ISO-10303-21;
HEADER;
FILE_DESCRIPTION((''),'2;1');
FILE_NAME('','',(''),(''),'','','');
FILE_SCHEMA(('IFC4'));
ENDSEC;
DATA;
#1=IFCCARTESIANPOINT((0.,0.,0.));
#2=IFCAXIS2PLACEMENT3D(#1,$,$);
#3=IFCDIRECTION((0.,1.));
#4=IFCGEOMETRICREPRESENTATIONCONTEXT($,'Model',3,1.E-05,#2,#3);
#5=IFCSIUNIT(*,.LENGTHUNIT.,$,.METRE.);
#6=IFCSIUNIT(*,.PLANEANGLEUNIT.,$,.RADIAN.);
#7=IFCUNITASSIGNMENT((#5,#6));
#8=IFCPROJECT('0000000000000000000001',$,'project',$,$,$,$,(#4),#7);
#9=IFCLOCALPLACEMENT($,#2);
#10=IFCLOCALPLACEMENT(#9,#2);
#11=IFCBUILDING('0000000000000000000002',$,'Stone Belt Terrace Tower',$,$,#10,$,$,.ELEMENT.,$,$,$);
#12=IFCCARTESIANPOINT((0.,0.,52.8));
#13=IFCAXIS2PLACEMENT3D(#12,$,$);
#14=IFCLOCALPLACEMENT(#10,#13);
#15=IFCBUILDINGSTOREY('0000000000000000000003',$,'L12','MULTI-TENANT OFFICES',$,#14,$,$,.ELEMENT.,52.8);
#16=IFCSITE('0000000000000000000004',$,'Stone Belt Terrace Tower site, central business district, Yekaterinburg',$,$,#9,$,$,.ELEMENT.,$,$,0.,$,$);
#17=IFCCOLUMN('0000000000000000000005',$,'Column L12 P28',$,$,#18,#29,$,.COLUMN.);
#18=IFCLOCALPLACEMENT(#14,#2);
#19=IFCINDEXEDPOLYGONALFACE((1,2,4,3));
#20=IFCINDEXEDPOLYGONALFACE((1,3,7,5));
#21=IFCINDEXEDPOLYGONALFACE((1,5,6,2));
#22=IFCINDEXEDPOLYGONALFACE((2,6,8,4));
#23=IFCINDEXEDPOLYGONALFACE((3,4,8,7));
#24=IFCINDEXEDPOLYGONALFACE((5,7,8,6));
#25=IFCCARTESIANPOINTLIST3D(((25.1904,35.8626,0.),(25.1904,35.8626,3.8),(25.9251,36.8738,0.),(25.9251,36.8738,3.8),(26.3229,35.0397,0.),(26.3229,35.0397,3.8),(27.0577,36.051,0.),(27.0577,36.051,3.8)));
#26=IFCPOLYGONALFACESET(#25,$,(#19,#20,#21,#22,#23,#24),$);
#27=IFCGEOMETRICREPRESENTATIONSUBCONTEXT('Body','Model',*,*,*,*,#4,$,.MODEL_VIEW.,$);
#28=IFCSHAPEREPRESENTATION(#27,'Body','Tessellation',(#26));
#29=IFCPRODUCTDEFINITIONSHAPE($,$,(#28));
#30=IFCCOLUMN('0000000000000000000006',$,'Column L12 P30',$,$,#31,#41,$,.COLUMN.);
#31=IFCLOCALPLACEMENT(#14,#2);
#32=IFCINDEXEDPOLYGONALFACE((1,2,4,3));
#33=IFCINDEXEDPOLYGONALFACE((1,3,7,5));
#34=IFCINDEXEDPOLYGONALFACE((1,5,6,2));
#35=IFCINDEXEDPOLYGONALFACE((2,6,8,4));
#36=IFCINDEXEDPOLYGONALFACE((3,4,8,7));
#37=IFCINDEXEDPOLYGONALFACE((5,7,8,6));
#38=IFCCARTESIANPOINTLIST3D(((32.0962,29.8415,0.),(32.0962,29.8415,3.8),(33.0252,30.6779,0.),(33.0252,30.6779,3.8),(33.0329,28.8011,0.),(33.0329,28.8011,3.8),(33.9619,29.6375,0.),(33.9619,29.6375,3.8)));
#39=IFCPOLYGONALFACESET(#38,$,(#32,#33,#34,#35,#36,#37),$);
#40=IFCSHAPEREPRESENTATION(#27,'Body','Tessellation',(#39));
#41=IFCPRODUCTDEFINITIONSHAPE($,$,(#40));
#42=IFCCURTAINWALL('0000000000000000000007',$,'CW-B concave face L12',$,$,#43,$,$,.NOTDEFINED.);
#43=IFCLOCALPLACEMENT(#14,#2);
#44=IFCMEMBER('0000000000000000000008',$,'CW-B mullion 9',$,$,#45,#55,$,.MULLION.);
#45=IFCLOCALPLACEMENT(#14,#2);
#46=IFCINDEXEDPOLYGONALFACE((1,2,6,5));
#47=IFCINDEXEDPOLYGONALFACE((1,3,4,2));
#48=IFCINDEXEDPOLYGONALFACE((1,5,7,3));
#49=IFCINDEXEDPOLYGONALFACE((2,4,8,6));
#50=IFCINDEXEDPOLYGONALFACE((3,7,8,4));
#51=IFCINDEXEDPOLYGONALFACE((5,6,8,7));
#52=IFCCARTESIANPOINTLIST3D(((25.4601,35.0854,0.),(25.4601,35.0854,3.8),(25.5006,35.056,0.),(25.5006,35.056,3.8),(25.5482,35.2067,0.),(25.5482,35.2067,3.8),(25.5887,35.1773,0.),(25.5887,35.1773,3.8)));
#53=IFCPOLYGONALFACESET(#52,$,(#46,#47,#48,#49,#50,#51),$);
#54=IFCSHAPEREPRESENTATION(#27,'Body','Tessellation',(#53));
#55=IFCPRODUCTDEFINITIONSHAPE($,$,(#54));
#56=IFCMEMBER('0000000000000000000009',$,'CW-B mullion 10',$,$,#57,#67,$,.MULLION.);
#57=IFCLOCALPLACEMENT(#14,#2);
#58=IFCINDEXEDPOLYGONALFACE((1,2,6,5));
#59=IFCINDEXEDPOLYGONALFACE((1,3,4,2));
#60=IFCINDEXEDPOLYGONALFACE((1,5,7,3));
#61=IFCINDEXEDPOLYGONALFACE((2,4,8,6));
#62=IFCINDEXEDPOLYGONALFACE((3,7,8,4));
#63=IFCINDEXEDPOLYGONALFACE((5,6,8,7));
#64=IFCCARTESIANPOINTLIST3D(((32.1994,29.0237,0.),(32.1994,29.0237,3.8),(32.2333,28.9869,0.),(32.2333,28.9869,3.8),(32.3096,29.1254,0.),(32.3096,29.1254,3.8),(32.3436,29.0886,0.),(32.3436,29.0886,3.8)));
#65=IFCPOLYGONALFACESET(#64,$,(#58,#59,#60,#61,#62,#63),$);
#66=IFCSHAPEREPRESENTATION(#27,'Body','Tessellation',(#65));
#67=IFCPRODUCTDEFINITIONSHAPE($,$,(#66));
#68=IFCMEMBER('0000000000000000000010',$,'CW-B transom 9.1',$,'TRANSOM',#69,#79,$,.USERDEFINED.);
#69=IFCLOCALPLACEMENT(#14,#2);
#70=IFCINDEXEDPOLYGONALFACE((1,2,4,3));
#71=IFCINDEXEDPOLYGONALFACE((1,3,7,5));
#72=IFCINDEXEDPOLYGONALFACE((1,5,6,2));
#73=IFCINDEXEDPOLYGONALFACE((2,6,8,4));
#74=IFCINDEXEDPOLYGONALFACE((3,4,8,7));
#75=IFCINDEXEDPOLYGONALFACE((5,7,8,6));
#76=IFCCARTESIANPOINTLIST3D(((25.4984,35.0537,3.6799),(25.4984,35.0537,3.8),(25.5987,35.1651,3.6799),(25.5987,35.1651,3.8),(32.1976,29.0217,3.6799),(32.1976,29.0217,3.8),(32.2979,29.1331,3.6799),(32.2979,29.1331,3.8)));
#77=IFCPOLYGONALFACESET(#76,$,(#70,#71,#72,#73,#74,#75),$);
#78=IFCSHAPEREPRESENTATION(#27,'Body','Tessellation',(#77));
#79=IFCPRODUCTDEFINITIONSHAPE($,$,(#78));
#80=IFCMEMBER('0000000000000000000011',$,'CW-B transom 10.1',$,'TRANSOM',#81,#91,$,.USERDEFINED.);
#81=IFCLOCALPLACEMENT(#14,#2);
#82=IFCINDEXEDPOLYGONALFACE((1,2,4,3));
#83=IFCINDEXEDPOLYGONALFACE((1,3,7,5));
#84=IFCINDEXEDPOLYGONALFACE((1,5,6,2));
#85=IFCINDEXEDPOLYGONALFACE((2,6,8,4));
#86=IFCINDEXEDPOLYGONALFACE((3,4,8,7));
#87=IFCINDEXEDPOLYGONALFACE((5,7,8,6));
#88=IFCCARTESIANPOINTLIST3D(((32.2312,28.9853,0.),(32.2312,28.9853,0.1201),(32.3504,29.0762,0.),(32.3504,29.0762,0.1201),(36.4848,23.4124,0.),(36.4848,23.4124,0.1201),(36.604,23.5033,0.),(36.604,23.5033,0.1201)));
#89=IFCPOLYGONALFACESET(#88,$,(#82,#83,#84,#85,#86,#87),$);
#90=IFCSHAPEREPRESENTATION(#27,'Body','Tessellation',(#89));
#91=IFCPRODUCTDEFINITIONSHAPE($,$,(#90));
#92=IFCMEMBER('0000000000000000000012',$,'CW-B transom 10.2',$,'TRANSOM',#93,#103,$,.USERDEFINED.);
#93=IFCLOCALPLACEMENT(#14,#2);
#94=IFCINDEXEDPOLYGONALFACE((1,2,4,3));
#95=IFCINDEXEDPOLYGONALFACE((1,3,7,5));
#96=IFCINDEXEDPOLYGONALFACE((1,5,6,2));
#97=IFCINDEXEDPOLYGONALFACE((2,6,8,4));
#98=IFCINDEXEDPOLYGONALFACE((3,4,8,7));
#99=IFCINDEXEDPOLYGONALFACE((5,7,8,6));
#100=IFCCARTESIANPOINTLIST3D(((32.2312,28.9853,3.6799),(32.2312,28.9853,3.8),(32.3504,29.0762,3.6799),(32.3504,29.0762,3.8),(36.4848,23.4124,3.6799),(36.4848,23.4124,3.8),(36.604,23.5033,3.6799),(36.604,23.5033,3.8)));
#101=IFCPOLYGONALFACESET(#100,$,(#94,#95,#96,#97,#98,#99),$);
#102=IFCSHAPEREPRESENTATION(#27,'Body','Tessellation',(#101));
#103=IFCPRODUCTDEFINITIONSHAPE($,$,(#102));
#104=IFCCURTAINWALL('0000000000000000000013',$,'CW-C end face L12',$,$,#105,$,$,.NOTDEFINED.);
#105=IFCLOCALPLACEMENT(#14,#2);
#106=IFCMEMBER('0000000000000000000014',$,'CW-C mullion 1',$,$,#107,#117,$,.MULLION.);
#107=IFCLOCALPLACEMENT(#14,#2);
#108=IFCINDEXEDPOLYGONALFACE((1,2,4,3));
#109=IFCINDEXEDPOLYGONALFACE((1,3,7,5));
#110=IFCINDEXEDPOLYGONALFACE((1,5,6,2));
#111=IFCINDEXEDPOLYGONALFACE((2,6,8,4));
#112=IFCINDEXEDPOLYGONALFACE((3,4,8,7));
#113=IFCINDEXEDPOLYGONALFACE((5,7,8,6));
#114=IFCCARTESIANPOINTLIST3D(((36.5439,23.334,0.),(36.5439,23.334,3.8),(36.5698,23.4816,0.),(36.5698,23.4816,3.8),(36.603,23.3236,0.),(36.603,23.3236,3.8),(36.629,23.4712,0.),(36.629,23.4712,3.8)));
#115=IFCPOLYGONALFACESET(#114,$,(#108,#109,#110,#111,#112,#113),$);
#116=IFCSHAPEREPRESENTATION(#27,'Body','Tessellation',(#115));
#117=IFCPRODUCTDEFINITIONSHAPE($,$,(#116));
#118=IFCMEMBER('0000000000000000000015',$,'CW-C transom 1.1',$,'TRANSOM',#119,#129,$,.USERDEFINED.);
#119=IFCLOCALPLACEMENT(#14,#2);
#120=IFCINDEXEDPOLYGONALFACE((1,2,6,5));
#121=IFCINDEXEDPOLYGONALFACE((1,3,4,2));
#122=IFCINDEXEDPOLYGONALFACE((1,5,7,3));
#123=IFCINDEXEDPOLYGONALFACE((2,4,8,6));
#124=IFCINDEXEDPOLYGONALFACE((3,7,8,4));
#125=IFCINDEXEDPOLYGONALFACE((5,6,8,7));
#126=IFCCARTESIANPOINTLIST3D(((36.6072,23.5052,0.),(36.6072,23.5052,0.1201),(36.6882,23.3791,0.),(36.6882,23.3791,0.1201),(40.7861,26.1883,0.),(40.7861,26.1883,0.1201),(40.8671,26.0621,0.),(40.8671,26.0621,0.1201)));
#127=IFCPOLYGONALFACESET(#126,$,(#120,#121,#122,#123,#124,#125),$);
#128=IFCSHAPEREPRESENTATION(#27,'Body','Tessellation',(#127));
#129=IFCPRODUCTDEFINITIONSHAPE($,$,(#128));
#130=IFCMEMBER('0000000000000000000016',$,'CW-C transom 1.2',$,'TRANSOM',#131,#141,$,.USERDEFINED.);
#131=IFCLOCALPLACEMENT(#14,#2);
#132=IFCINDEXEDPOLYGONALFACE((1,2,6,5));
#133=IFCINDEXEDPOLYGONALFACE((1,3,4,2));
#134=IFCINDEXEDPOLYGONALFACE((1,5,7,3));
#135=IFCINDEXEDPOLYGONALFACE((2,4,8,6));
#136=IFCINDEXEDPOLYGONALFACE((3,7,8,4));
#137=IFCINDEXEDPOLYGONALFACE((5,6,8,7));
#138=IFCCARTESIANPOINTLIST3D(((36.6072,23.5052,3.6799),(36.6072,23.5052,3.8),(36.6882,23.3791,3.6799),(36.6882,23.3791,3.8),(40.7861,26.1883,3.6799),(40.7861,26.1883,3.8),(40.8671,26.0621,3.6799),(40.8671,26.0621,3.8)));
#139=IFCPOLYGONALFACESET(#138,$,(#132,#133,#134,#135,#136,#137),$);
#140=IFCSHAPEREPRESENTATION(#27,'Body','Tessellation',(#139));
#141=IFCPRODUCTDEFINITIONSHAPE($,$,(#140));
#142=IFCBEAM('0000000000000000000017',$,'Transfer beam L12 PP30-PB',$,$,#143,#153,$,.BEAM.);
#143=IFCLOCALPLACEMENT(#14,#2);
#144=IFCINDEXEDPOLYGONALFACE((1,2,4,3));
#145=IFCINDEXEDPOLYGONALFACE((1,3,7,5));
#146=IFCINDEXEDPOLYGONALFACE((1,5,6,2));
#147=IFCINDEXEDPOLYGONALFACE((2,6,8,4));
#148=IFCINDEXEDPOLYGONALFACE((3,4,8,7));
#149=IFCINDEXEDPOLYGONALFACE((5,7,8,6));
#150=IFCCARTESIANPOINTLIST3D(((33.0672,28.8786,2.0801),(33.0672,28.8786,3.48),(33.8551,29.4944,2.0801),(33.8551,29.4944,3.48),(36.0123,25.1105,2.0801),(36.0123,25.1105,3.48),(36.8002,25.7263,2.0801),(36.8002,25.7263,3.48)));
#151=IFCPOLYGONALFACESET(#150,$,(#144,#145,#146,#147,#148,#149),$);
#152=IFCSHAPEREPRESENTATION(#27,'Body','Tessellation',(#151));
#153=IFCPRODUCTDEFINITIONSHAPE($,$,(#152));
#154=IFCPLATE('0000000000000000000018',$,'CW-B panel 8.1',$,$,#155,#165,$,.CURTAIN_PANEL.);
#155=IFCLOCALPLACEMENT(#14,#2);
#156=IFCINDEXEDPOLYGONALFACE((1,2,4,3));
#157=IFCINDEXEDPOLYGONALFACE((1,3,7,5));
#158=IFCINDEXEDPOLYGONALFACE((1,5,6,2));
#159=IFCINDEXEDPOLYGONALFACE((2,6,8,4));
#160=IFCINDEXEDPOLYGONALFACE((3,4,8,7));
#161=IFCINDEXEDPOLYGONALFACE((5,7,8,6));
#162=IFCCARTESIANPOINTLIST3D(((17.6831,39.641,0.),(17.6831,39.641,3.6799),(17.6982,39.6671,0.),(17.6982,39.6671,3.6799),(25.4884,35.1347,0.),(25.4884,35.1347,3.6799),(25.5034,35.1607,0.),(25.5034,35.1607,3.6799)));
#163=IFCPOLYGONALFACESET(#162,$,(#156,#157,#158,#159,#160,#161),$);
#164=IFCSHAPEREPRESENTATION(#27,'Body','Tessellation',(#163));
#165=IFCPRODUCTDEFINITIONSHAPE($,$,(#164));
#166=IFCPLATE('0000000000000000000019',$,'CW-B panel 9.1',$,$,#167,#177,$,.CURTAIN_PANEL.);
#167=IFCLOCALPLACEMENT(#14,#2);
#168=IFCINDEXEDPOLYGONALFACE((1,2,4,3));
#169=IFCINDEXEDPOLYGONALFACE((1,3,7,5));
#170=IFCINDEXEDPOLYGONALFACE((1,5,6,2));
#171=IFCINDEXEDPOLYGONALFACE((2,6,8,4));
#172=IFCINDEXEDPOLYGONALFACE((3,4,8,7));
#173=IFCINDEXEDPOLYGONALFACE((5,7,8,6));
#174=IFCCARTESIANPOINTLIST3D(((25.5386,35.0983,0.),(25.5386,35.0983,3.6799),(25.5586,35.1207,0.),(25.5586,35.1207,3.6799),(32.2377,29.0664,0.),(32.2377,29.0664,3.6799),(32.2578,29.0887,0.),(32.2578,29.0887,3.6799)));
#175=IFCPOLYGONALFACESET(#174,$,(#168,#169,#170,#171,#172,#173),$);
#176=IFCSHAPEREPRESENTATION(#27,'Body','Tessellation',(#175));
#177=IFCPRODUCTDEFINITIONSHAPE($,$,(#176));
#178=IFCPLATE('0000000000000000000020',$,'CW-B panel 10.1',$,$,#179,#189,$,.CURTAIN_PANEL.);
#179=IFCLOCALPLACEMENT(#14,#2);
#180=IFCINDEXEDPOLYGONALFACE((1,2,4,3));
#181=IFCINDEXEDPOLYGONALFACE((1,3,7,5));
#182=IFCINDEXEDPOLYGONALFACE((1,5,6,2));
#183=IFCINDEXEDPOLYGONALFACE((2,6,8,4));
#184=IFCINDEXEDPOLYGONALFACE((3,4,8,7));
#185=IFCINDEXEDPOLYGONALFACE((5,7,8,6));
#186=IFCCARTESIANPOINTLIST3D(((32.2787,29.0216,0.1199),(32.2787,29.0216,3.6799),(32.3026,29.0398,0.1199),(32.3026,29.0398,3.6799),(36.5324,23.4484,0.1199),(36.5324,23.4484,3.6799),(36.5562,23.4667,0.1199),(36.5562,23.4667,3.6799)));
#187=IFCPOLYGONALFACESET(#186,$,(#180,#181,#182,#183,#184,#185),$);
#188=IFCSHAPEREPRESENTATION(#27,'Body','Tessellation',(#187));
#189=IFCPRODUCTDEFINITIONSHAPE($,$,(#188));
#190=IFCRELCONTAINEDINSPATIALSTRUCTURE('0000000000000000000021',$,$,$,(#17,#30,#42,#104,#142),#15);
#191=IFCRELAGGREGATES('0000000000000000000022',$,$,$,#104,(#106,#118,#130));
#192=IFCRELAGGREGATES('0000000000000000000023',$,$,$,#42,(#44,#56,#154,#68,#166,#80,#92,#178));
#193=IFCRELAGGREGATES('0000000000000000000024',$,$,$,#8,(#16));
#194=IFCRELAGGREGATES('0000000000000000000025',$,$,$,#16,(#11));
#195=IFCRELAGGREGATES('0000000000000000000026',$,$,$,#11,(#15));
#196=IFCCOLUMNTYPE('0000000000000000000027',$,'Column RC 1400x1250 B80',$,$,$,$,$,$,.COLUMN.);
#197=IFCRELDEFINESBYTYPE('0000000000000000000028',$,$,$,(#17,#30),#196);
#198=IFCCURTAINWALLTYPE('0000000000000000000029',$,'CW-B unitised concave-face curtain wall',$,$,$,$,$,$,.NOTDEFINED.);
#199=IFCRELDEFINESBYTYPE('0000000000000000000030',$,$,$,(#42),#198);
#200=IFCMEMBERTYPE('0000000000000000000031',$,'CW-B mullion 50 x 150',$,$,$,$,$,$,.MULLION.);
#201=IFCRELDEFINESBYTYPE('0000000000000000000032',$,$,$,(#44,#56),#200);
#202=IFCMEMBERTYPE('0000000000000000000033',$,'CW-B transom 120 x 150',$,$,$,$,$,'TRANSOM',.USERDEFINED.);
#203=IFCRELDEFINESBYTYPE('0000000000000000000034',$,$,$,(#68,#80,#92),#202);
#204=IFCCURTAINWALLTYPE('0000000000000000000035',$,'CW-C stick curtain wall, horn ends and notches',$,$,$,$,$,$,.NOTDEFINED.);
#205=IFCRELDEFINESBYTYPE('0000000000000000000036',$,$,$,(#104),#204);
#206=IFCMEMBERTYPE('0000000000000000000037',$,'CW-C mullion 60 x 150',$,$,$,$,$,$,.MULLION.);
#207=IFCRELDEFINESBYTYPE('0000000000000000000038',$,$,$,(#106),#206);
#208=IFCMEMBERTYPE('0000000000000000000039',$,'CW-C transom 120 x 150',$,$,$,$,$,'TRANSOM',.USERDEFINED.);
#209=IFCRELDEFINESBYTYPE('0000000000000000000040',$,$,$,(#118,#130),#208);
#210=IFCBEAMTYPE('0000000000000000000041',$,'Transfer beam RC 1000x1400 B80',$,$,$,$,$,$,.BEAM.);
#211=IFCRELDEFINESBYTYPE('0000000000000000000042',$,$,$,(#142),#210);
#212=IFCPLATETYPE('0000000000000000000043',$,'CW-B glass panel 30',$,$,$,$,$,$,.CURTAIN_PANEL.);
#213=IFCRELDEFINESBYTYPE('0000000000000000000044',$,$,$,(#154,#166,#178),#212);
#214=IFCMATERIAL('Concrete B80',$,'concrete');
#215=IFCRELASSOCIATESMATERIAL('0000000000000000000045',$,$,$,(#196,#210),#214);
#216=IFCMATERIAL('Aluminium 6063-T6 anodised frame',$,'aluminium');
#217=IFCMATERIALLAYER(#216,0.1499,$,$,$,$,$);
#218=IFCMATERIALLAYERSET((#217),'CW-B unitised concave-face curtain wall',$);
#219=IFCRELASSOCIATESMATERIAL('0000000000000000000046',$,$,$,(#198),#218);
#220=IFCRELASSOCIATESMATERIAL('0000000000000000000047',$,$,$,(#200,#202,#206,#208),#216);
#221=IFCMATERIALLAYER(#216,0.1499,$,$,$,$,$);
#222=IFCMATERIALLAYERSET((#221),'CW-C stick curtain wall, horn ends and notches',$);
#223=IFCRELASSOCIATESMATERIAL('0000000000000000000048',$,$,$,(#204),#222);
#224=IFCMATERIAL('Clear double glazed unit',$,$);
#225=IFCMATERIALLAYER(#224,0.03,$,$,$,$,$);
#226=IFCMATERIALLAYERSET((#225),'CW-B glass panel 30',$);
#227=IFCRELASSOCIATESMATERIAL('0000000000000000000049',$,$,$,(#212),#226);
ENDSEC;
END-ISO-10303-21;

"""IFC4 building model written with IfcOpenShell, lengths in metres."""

from ifc_helpers import new_model, si_unit, direction, frame, origin, origin_2d, place, context, subcontext, project, spatial, rectangle, extrude, material, layer, layer_set, material_profile, profile_set, type_object, element, aggregate, save


model = new_model("IFC4")

# Units and contexts
model_context = context("Model", 3, precision=1e-05, world=origin(), true_north=direction((0.0, 1.0)))
body_context = subcontext(model_context, "Body", "Model", "MODEL_VIEW")
ifc_project = project(units=[si_unit("LENGTHUNIT", "METRE"), si_unit("PLANEANGLEUNIT", "RADIAN")], contexts=[model_context])

# Site, building, storey
site_placement = place(None, origin())
site = spatial("IfcSite", under=ifc_project, at=site_placement, Name="Stone Belt Terrace Tower site, central business district, Yekaterinburg", CompositionType="ELEMENT", RefElevation=0.0)
building_placement = place(site_placement, origin())
building = spatial("IfcBuilding", under=site, at=building_placement, Name="Stone Belt Terrace Tower", CompositionType="ELEMENT")
storey_placement = place(building_placement, frame((0.0, 0.0, 52.8)))
storey = spatial("IfcBuildingStorey", under=building, at=storey_placement, Name="L12", Description="MULTI-TENANT OFFICES", CompositionType="ELEMENT", Elevation=52.8)

# Columns
ifc_material_1 = material(Name="Concrete B80", Category="concrete")
ifc_material_profile_1 = material_profile(ifc_material_1, rectangle(XDim=1.3999, YDim=1.25, at=origin_2d()), Name="RC 1400x1250")
ifc_profile_set_1 = profile_set([ifc_material_profile_1], Name="Concrete B80")
column_type = type_object("IfcColumnType", Name="Column RC 1400x1250 B80", PredefinedType="COLUMN", material=ifc_profile_set_1)
for number, where, z_axis, x_axis, name in (
    (1, (26.124, 35.9568, 0.0), (0.0, 0.0, 1.0), (0.809017, -0.587785, 0.0), "Column L12 P28"),
    (2, (33.0291, 29.7395, 0.0), (0.0, 0.0, 1.0), (0.669131, -0.743145, 0.0), "Column L12 P30"),
):
    element("IfcColumn", number, at=place(storey_placement, frame(where, z_axis=z_axis, x_axis=x_axis)), inside=storey, type_object=column_type, Name=name, PredefinedType="COLUMN", context=body_context, shape_type="SweptSolid", body=[
        extrude(rectangle(XDim=1.3999, YDim=1.25, at=origin_2d()), origin(), (0.0, 0.0, 1.0), 3.8),
    ])

# Curtain walls, members
ifc_material_2 = material(Name="Aluminium 6063-T6 anodised frame", Category="aluminium")
ifc_layer_1 = layer(ifc_material_2, 0.1499)
ifc_layer_set_1 = layer_set([ifc_layer_1], Name="CW-B unitised concave-face curtain wall")
curtain_wall_type_1 = type_object("IfcCurtainWallType", Name="CW-B unitised concave-face curtain wall", PredefinedType="NOTDEFINED", material=ifc_layer_set_1)
curtain_wall_1_placement = place(storey_placement, origin())
curtain_wall_1 = element("IfcCurtainWall", 3, at=curtain_wall_1_placement, inside=storey, type_object=curtain_wall_type_1, Name="CW-B concave face L12", PredefinedType="NOTDEFINED")
ifc_material_profile_2 = material_profile(ifc_material_2, rectangle(XDim=0.1499, YDim=0.05, at=origin_2d()), Name="Aluminium 6063-T6 50x150")
ifc_profile_set_2 = profile_set([ifc_material_profile_2], Name="Aluminium 6063-T6 anodised frame")
member_type_1 = type_object("IfcMemberType", Name="CW-B mullion 50 x 150", PredefinedType="MULLION", material=ifc_profile_set_2)
member_1_placement = place(storey_placement, frame((25.5244, 35.1313, 0.0), z_axis=(0.0, 0.0, 1.0), x_axis=(0.587785, 0.809017, 0.0)))
member_1 = element("IfcMember", 4, at=member_1_placement, type_object=member_type_1, Name="CW-B mullion 9", PredefinedType="MULLION", context=body_context, shape_type="SweptSolid", body=[
    extrude(rectangle(XDim=0.1499, YDim=0.05, at=origin_2d()), origin(), (0.0, 0.0, 1.0), 3.8),
])
member_2_placement = place(storey_placement, frame((32.2715, 29.0562, 0.0), z_axis=(0.0, 0.0, 1.0), x_axis=(0.735198, 0.677852, 0.0)))
member_2 = element("IfcMember", 5, at=member_2_placement, type_object=member_type_1, Name="CW-B mullion 10", PredefinedType="MULLION", context=body_context, shape_type="SweptSolid", body=[
    extrude(rectangle(XDim=0.1499, YDim=0.05, at=origin_2d()), origin(), (0.0, 0.0, 1.0), 3.8),
])
ifc_material_profile_3 = material_profile(ifc_material_2, rectangle(XDim=0.1499, YDim=0.1201, at=origin_2d()), Name="Aluminium 6063-T6 150x120")
ifc_profile_set_3 = profile_set([ifc_material_profile_3], Name="Aluminium 6063-T6 anodised frame")
member_type_2 = type_object("IfcMemberType", Name="CW-B transom 120 x 150", ElementType="TRANSOM", PredefinedType="USERDEFINED", material=ifc_profile_set_3)
member_3_placement = place(storey_placement, frame((25.5486, 35.1094, 3.74), z_axis=(0.743146, -0.669129, 0.0), x_axis=(0.669129, 0.743146, 0.0)))
member_3 = element("IfcMember", 6, at=member_3_placement, type_object=member_type_2, Name="CW-B transom 9.1", ObjectType="TRANSOM", PredefinedType="USERDEFINED", context=body_context, shape_type="SweptSolid", body=[
    extrude(rectangle(XDim=0.1499, YDim=0.1201, at=origin_2d()), origin(), (0.0, 0.0, 1.0), 9.0146),
])
member_4_placement = place(storey_placement, frame((32.2908, 29.0308, 0.0601), z_axis=(0.606726, -0.794911, 0.0), x_axis=(0.794911, 0.606726, 0.0)))
member_4 = element("IfcMember", 7, at=member_4_placement, type_object=member_type_2, Name="CW-B transom 10.1", ObjectType="TRANSOM", PredefinedType="USERDEFINED", context=body_context, shape_type="SweptSolid", body=[
    extrude(rectangle(XDim=0.1499, YDim=0.1201, at=origin_2d()), origin(), (0.0, 0.0, 1.0), 7.0107),
])
member_5_placement = place(storey_placement, frame((32.2908, 29.0308, 3.74), z_axis=(0.606726, -0.794911, 0.0), x_axis=(0.794911, 0.606726, 0.0)))
member_5 = element("IfcMember", 8, at=member_5_placement, type_object=member_type_2, Name="CW-B transom 10.2", ObjectType="TRANSOM", PredefinedType="USERDEFINED", context=body_context, shape_type="SweptSolid", body=[
    extrude(rectangle(XDim=0.1499, YDim=0.1201, at=origin_2d()), origin(), (0.0, 0.0, 1.0), 7.0107),
])
ifc_layer_2 = layer(ifc_material_2, 0.1499)
ifc_layer_set_2 = layer_set([ifc_layer_2], Name="CW-C stick curtain wall, horn ends and notches")
curtain_wall_type_2 = type_object("IfcCurtainWallType", Name="CW-C stick curtain wall, horn ends and notches", PredefinedType="NOTDEFINED", material=ifc_layer_set_2)
curtain_wall_2_placement = place(storey_placement, origin())
curtain_wall_2 = element("IfcCurtainWall", 9, at=curtain_wall_2_placement, inside=storey, type_object=curtain_wall_type_2, Name="CW-C end face L12", PredefinedType="NOTDEFINED")
ifc_material_profile_4 = material_profile(ifc_material_2, rectangle(XDim=0.1499, YDim=0.0601, at=origin_2d()), Name="Aluminium 6063-T6 60x150")
ifc_profile_set_4 = profile_set([ifc_material_profile_4], Name="Aluminium 6063-T6 anodised frame")
member_type_3 = type_object("IfcMemberType", Name="CW-C mullion 60 x 150", PredefinedType="MULLION", material=ifc_profile_set_4)
member_6_placement = place(storey_placement, frame((36.5864, 23.4026, 0.0), z_axis=(0.0, 0.0, 1.0), x_axis=(0.173164, 0.984893, 0.0)))
member_6 = element("IfcMember", 10, at=member_6_placement, type_object=member_type_3, Name="CW-C mullion 1", PredefinedType="MULLION", context=body_context, shape_type="SweptSolid", body=[
    extrude(rectangle(XDim=0.1499, YDim=0.0601, at=origin_2d()), origin(), (0.0, 0.0, 1.0), 3.8),
])
ifc_material_profile_5 = material_profile(ifc_material_2, rectangle(XDim=0.1499, YDim=0.1201, at=origin_2d()), Name="Aluminium 6063-T6 150x120")
ifc_profile_set_5 = profile_set([ifc_material_profile_5], Name="Aluminium 6063-T6 anodised frame")
member_type_4 = type_object("IfcMemberType", Name="CW-C transom 120 x 150", ElementType="TRANSOM", PredefinedType="USERDEFINED", material=ifc_profile_set_5)
member_7_placement = place(storey_placement, frame((36.6477, 23.4421, 0.0601), z_axis=(0.841487, 0.540278, 0.0), x_axis=(-0.540278, 0.841487, 0.0)))
member_7 = element("IfcMember", 11, at=member_7_placement, type_object=member_type_4, Name="CW-C transom 1.1", ObjectType="TRANSOM", PredefinedType="USERDEFINED", context=body_context, shape_type="SweptSolid", body=[
    extrude(rectangle(XDim=0.1499, YDim=0.1201, at=origin_2d()), origin(), (0.0, 0.0, 1.0), 4.9661),
])
member_8_placement = place(storey_placement, frame((36.6477, 23.4421, 3.74), z_axis=(0.841487, 0.540278, 0.0), x_axis=(-0.540278, 0.841487, 0.0)))
member_8 = element("IfcMember", 12, at=member_8_placement, type_object=member_type_4, Name="CW-C transom 1.2", ObjectType="TRANSOM", PredefinedType="USERDEFINED", context=body_context, shape_type="SweptSolid", body=[
    extrude(rectangle(XDim=0.1499, YDim=0.1201, at=origin_2d()), origin(), (0.0, 0.0, 1.0), 4.9661),
])
aggregate(curtain_wall_2, [member_6, member_7, member_8])

# Beam
ifc_material_profile_6 = material_profile(ifc_material_1, rectangle(XDim=1.0, YDim=1.3999, at=origin_2d()), Name="RC 1000x1400")
ifc_profile_set_6 = profile_set([ifc_material_profile_6], Name="Concrete B80")
beam_type = type_object("IfcBeamType", Name="Transfer beam RC 1000x1400 B80", PredefinedType="BEAM", material=ifc_profile_set_6)
beam_placement = place(storey_placement, frame((33.4612, 29.1865, 2.78), z_axis=(0.615808, -0.787896, 0.0), x_axis=(0.787896, 0.615808, 0.0)))
element("IfcBeam", 13, at=beam_placement, inside=storey, type_object=beam_type, Name="Transfer beam L12 PP30-PB", PredefinedType="BEAM", context=body_context, shape_type="SweptSolid", body=[
    extrude(rectangle(XDim=1.0, YDim=1.3999, at=origin_2d()), origin(), (0.0, 0.0, 1.0), 4.7825),
])

# Plates
ifc_material_3 = material(Name="Clear double glazed unit")
ifc_layer_3 = layer(ifc_material_3, 0.03)
ifc_layer_set_3 = layer_set([ifc_layer_3], Name="CW-B glass panel 30")
plate_type = type_object("IfcPlateType", Name="CW-B glass panel 30", PredefinedType="CURTAIN_PANEL", material=ifc_layer_set_3)
plate_1_placement = place(storey_placement, frame((21.5933, 37.4009, 0.0), z_axis=(0.0, 0.0, 1.0), x_axis=(0.866025, -0.5, 0.0)))
plate_1 = element("IfcPlate", 14, at=plate_1_placement, type_object=plate_type, Name="CW-B panel 8.1", PredefinedType="CURTAIN_PANEL", context=body_context, shape_type="SweptSolid", body=[
    extrude(rectangle(XDim=9.0127, YDim=0.03, at=origin_2d()), origin(), (0.0, 0.0, 1.0), 3.6799),
])
plate_2_placement = place(storey_placement, frame((28.8982, 32.0935, 0.0), z_axis=(0.0, 0.0, 1.0), x_axis=(0.743145, -0.669131, 0.0)))
plate_2 = element("IfcPlate", 15, at=plate_2_placement, type_object=plate_type, Name="CW-B panel 9.1", PredefinedType="CURTAIN_PANEL", context=body_context, shape_type="SweptSolid", body=[
    extrude(rectangle(XDim=9.0146, YDim=0.03, at=origin_2d()), origin(), (0.0, 0.0, 1.0), 3.6799),
])
plate_3_placement = place(storey_placement, frame((34.4175, 26.2441, 0.1199), z_axis=(0.0, 0.0, 1.0), x_axis=(0.606712, -0.794922, 0.0)))
plate_3 = element("IfcPlate", 16, at=plate_3_placement, type_object=plate_type, Name="CW-B panel 10.1", PredefinedType="CURTAIN_PANEL", context=body_context, shape_type="SweptSolid", body=[
    extrude(rectangle(XDim=7.011, YDim=0.03, at=origin_2d()), origin(), (0.0, 0.0, 1.0), 3.5601),
])
aggregate(curtain_wall_1, [member_1, member_2, plate_1, member_3, plate_2, member_4, member_5, plate_3])

save(model, "model.ifc")
